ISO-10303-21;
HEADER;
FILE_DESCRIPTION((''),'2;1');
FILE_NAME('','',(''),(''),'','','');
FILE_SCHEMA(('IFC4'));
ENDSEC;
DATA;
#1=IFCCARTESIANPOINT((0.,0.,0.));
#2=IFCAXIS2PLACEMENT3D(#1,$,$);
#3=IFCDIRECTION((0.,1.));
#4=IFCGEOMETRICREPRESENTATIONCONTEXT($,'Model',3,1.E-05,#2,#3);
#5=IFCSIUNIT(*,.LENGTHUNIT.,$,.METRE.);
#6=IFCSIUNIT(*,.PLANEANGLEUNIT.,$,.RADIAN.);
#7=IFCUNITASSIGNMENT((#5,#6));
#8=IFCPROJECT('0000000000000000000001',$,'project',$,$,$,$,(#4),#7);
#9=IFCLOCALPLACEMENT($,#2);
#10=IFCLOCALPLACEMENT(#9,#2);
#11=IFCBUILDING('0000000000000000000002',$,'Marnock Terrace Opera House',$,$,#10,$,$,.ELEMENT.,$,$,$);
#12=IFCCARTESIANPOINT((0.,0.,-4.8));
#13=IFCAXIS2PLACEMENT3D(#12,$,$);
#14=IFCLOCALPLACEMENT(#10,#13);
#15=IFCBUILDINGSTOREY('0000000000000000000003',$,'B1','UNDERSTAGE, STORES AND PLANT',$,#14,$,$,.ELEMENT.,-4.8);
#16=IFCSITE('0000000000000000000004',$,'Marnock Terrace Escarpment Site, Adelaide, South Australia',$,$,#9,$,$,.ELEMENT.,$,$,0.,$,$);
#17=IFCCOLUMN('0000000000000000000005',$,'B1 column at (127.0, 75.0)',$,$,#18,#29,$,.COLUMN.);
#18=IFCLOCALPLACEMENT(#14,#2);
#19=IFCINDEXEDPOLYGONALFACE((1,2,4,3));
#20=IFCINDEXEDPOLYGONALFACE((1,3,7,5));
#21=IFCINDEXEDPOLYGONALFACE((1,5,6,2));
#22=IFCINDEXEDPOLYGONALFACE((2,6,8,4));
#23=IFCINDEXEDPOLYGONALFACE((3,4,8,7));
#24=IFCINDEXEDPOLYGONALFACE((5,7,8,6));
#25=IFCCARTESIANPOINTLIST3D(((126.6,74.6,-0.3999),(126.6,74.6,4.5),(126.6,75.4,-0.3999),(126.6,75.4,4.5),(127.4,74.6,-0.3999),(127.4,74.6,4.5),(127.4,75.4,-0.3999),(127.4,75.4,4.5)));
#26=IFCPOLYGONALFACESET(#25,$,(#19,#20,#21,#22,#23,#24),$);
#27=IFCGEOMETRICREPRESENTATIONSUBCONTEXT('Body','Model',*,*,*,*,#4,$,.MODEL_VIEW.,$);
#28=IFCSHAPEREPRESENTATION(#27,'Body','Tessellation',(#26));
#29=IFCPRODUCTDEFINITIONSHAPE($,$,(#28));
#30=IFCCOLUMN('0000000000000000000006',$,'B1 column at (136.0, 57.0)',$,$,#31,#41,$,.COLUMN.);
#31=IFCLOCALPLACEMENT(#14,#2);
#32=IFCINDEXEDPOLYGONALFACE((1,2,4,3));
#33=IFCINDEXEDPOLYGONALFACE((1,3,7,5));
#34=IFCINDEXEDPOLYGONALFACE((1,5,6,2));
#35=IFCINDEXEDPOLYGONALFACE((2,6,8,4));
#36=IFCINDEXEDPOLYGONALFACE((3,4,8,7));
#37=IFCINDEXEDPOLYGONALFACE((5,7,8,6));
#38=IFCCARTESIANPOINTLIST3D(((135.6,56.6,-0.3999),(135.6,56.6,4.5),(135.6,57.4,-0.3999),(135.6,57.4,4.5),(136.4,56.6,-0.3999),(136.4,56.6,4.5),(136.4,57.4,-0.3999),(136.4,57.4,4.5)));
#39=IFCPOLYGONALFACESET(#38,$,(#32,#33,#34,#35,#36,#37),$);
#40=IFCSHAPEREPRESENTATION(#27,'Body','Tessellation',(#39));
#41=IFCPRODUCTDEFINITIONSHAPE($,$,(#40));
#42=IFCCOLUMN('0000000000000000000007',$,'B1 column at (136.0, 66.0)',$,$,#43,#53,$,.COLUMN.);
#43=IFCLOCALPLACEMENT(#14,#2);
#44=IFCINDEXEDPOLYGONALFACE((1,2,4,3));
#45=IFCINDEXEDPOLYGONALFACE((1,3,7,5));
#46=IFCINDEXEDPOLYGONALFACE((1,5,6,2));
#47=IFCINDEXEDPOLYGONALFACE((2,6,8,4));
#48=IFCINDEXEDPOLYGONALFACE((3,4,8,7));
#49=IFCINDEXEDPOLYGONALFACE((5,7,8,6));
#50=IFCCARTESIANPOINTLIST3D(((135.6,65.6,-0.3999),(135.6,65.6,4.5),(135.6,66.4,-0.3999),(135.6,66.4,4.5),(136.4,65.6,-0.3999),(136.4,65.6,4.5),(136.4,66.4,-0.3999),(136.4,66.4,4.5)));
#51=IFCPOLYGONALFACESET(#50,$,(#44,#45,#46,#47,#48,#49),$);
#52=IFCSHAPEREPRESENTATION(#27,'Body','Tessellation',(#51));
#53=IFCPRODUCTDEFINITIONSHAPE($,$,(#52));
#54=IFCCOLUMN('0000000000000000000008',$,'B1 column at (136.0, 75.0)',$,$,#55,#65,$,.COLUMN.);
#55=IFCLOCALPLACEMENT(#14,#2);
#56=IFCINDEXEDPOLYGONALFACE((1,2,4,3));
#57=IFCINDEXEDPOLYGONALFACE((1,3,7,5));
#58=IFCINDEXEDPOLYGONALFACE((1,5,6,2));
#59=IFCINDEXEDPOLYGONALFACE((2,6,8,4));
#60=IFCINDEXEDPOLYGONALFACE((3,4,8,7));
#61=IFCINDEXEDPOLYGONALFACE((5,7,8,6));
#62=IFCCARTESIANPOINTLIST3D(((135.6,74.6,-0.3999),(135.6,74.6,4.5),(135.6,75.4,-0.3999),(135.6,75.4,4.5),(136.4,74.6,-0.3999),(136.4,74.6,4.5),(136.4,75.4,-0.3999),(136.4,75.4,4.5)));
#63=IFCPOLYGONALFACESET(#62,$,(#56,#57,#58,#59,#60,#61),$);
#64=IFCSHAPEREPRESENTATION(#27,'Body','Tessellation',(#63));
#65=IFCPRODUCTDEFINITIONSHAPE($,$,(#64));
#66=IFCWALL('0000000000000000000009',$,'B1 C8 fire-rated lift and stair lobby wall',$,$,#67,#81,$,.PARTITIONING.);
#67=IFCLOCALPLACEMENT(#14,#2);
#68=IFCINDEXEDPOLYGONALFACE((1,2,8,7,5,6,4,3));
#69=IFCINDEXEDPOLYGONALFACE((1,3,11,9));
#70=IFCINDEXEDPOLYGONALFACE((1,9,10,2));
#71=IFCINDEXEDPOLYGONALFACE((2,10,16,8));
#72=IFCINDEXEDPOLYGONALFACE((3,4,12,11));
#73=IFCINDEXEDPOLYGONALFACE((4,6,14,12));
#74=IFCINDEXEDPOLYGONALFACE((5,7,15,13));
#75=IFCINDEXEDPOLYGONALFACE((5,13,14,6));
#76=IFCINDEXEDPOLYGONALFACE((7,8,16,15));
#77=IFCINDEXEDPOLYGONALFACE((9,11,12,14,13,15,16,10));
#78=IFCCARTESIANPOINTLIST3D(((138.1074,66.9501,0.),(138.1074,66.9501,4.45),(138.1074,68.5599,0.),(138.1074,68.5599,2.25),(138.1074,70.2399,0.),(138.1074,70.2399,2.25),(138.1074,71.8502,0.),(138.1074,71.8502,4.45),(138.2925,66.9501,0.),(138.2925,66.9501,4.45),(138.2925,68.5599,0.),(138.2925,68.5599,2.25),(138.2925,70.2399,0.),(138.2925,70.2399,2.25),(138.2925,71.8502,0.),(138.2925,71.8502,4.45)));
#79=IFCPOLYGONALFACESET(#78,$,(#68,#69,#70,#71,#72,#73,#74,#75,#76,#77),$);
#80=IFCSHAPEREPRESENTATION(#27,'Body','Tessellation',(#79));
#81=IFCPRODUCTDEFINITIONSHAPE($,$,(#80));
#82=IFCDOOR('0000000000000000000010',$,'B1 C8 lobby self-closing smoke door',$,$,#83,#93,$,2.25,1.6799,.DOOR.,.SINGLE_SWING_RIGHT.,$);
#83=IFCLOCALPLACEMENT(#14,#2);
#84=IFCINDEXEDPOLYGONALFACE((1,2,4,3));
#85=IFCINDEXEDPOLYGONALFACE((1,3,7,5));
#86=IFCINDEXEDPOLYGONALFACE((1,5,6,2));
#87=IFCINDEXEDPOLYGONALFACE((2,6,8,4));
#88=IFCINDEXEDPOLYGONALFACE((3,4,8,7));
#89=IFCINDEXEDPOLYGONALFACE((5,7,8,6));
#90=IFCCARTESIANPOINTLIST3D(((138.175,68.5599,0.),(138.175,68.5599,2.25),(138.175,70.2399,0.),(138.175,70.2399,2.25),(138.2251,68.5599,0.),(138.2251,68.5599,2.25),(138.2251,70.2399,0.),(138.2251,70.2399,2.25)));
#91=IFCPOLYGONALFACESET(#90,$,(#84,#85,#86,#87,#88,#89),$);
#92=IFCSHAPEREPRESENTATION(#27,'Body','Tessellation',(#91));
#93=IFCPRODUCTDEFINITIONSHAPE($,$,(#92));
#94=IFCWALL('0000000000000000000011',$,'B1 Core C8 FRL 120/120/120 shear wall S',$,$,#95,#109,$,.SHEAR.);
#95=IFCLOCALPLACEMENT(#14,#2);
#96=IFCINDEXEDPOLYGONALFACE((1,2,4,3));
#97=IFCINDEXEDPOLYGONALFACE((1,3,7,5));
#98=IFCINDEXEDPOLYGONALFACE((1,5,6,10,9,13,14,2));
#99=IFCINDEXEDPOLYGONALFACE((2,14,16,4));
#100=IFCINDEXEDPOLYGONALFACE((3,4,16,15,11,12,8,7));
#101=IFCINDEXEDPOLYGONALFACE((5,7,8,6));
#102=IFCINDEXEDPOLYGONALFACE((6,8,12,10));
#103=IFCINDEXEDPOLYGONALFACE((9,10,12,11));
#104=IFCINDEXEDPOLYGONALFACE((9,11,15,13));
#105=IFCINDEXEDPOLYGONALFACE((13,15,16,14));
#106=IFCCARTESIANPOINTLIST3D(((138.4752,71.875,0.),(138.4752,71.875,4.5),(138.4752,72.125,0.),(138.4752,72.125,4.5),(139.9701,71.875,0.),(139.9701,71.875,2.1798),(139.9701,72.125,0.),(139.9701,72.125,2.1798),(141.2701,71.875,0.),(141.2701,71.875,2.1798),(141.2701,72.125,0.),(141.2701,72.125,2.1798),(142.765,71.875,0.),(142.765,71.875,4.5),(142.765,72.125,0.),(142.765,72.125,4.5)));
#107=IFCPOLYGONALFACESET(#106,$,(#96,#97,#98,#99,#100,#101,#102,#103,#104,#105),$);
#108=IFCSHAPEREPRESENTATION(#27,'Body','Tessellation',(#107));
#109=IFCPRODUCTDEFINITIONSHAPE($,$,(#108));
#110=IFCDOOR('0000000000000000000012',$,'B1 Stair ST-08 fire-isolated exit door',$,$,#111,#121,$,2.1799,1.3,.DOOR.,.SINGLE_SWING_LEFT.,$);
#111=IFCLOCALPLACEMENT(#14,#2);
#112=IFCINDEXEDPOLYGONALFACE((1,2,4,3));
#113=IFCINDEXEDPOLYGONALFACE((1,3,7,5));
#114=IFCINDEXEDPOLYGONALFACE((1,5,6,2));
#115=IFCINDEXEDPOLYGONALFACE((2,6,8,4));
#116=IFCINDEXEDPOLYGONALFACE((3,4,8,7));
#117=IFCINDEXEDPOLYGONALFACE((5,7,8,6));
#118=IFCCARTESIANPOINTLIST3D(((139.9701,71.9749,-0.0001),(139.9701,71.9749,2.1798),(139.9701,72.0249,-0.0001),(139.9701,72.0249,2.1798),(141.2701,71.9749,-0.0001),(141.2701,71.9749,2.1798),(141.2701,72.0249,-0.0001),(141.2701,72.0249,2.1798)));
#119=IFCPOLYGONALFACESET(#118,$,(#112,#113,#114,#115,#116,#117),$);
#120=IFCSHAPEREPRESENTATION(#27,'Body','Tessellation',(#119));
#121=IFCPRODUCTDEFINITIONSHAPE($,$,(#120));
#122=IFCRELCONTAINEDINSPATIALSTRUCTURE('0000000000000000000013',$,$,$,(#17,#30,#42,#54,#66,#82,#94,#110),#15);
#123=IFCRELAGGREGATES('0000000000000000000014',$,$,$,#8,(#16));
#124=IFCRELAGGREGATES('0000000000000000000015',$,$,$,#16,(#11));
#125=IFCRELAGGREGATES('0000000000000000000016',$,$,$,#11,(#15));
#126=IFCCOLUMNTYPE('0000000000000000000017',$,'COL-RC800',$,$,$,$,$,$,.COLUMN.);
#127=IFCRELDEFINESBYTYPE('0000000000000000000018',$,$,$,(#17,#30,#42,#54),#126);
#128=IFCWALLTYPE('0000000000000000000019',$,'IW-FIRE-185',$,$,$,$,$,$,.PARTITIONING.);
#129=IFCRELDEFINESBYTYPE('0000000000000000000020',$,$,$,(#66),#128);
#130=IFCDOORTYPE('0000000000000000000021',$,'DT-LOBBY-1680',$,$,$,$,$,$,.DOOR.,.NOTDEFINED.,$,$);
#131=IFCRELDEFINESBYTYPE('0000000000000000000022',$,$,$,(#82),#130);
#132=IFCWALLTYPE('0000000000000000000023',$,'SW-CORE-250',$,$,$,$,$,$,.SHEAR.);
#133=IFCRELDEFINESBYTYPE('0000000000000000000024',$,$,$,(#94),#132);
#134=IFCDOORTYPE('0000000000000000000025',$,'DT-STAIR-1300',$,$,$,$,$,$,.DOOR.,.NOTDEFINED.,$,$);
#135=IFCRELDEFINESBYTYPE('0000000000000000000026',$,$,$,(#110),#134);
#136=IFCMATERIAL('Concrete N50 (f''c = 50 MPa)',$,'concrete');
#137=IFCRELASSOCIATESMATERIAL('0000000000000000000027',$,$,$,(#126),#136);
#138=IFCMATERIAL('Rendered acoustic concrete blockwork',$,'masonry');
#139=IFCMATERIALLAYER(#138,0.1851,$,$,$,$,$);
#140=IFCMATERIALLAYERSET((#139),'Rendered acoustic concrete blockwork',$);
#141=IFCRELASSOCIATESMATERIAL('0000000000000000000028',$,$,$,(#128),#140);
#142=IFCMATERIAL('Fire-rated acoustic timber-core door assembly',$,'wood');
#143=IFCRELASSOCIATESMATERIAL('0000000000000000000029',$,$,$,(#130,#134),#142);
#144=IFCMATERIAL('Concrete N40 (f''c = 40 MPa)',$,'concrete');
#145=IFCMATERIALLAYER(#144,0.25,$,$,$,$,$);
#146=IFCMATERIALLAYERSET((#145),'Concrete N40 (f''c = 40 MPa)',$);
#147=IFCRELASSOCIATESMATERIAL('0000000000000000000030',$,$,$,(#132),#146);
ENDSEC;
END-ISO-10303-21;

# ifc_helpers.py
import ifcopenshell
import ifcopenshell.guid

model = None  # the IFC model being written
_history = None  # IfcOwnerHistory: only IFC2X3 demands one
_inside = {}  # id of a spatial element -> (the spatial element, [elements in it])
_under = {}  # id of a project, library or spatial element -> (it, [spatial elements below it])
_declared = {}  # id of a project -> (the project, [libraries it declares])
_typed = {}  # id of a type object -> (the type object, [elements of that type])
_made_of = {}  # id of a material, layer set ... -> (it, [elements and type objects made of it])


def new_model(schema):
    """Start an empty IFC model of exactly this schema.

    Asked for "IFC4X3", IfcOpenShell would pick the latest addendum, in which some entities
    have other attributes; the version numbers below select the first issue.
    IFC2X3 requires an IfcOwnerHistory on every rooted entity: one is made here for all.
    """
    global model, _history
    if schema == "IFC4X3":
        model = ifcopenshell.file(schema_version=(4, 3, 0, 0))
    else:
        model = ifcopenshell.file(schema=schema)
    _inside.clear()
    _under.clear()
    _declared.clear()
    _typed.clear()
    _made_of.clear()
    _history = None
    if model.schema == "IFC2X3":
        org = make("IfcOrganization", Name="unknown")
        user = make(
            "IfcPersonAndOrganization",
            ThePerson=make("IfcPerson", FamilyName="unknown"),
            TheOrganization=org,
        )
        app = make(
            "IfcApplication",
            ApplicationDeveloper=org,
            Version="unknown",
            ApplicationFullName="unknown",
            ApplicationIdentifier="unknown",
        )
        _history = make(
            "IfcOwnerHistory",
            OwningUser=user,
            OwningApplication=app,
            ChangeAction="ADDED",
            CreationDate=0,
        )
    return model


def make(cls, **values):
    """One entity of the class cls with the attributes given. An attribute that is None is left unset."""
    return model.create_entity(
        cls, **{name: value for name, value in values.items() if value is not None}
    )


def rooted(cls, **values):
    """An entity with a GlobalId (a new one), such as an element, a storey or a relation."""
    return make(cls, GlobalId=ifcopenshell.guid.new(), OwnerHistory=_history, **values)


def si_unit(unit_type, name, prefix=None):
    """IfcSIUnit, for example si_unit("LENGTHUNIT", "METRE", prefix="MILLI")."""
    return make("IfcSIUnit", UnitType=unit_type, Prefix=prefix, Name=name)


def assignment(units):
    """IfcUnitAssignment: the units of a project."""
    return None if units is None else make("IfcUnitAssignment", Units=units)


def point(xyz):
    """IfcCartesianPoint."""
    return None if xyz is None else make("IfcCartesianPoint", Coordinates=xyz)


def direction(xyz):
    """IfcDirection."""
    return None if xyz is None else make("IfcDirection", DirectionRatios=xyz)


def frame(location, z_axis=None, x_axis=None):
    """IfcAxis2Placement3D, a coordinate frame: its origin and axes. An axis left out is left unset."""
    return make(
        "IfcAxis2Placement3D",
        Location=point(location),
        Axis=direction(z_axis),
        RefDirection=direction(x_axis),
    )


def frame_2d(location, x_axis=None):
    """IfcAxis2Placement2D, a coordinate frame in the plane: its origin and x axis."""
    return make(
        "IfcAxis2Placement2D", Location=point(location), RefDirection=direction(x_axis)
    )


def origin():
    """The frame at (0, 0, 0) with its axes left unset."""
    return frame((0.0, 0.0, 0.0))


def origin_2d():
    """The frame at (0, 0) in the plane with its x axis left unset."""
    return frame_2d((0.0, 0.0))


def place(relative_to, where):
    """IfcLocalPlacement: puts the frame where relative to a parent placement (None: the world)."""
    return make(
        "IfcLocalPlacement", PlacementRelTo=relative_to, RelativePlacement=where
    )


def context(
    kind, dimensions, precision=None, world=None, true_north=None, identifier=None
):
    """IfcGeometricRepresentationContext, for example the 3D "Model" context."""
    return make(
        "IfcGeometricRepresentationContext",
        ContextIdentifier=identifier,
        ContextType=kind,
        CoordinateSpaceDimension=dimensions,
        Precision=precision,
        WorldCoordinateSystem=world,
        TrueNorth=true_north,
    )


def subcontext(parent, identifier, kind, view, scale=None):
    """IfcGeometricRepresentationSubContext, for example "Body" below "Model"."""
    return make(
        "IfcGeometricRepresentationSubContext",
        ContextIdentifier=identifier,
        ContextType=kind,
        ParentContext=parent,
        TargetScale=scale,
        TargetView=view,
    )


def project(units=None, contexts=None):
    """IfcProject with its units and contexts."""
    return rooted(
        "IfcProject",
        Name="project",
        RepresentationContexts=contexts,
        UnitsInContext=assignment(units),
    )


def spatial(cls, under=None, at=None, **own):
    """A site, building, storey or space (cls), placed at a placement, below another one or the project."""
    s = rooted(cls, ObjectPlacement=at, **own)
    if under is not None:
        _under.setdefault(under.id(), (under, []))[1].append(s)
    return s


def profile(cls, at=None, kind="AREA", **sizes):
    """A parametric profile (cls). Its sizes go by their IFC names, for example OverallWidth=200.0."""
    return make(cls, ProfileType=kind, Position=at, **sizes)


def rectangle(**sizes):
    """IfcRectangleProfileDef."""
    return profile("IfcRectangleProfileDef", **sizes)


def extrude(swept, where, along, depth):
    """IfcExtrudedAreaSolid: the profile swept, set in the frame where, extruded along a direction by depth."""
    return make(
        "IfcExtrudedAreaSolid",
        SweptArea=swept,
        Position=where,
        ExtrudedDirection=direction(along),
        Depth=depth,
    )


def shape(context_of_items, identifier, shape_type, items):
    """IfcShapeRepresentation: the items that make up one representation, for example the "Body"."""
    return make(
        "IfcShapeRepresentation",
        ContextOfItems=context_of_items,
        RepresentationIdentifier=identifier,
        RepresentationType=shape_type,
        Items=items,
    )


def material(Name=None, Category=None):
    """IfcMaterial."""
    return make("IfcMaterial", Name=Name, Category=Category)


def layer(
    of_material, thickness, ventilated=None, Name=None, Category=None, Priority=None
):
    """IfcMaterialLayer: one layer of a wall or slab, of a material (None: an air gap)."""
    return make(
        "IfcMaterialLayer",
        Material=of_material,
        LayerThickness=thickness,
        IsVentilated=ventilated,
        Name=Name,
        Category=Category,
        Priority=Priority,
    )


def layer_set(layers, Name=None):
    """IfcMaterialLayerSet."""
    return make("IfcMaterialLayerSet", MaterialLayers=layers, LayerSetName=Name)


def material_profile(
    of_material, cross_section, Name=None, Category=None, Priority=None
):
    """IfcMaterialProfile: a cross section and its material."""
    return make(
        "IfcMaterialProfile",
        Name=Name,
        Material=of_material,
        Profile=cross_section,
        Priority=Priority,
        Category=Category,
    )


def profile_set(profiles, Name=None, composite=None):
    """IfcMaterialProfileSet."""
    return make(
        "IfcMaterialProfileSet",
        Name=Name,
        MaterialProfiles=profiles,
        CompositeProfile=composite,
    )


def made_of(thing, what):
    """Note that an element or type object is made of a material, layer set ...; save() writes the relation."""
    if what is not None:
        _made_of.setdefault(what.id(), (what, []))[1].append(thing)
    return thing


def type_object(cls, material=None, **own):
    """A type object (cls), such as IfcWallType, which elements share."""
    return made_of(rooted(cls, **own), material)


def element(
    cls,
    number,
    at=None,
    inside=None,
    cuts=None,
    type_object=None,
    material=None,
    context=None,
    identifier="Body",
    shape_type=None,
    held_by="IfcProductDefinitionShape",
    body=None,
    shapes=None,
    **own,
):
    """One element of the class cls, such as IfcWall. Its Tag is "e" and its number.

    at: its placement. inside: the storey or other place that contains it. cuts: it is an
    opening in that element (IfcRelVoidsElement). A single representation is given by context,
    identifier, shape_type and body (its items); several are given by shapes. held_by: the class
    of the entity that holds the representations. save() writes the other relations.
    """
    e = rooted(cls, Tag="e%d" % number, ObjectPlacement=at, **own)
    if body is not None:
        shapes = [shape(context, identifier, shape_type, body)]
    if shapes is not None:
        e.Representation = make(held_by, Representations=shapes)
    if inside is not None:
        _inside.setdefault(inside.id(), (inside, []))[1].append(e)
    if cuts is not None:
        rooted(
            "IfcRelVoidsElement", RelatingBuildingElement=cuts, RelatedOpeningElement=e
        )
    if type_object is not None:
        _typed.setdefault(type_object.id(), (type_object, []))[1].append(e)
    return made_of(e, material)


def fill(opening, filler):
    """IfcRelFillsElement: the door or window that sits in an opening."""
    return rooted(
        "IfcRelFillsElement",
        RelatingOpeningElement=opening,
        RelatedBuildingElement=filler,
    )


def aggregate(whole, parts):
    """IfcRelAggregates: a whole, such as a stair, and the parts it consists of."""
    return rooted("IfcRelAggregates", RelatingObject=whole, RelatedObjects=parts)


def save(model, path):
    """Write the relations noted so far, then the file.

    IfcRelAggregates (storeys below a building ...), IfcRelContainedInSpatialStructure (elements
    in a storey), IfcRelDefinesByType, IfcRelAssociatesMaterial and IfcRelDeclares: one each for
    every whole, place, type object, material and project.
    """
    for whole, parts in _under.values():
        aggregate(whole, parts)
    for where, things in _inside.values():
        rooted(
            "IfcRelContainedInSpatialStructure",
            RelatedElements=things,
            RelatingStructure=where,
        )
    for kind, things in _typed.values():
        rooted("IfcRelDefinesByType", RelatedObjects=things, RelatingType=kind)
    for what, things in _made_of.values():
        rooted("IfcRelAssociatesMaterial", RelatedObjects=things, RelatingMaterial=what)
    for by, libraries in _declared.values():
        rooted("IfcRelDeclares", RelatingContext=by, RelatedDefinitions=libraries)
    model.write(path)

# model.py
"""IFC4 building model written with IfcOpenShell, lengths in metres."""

from ifc_helpers import new_model, si_unit, direction, frame, frame_2d, origin, origin_2d, place, context, subcontext, project, spatial, rectangle, extrude, material, layer, layer_set, material_profile, profile_set, type_object, element, fill, save


model = new_model("IFC4")

# Units and contexts
model_context = context("Model", 3, precision=1e-05, world=origin(), true_north=direction((0.0, 1.0)))
body_context = subcontext(model_context, "Body", "Model", "MODEL_VIEW")
ifc_project = project(units=[si_unit("LENGTHUNIT", "METRE"), si_unit("PLANEANGLEUNIT", "RADIAN")], contexts=[model_context])

# Site, building, storey
site_placement = place(None, origin())
site = spatial("IfcSite", under=ifc_project, at=site_placement, Name="Marnock Terrace Escarpment Site, Adelaide, South Australia", CompositionType="ELEMENT", RefElevation=0.0)
building_placement = place(site_placement, origin())
building = spatial("IfcBuilding", under=site, at=building_placement, Name="Marnock Terrace Opera House", CompositionType="ELEMENT")
storey_placement = place(building_placement, frame((0.0, 0.0, -4.8)))
storey = spatial("IfcBuildingStorey", under=building, at=storey_placement, Name="B1", Description="UNDERSTAGE, STORES AND PLANT", CompositionType="ELEMENT", Elevation=-4.8)

# Shared definitions
ifc_material_1 = material(Name="Concrete N40 (f'c = 40 MPa)", Category="concrete")

# Columns
ifc_material_2 = material(Name="Concrete N50 (f'c = 50 MPa)", Category="concrete")
ifc_material_profile_1 = material_profile(ifc_material_2, rectangle(XDim=0.8, YDim=0.8, at=origin_2d()))
ifc_profile_set_1 = profile_set([ifc_material_profile_1], Name="Concrete N50 (f'c = 50 MPa)")
column_type = type_object("IfcColumnType", Name="COL-RC800", PredefinedType="COLUMN", material=ifc_profile_set_1)
for number, where, z_axis, x_axis, name in (
    (1, (127.0, 75.0, -0.3999), (0.0, 0.0, 1.0), (1.0, 0.0, 0.0), "B1 column at (127.0, 75.0)"),
    (2, (136.0, 57.0, -0.3999), (0.0, 0.0, 1.0), (1.0, 0.0, 0.0), "B1 column at (136.0, 57.0)"),
    (3, (136.0, 66.0, -0.3999), (0.0, 0.0, 1.0), (1.0, 0.0, 0.0), "B1 column at (136.0, 66.0)"),
    (4, (136.0, 75.0, -0.3999), (0.0, 0.0, 1.0), (1.0, 0.0, 0.0), "B1 column at (136.0, 75.0)"),
):
    element("IfcColumn", number, at=place(storey_placement, frame(where, z_axis=z_axis, x_axis=x_axis)), inside=storey, type_object=column_type, Name=name, PredefinedType="COLUMN", context=body_context, shape_type="SweptSolid", body=[
        extrude(rectangle(XDim=0.8, YDim=0.8, at=origin_2d()), origin(), (0.0, 0.0, 1.0), 4.8999),
    ])

# Walls, openings, doors
ifc_material_3 = material(Name="Rendered acoustic concrete blockwork", Category="masonry")
ifc_layer_1 = layer(ifc_material_3, 0.1851)
ifc_layer_set_1 = layer_set([ifc_layer_1], Name="Rendered acoustic concrete blockwork")
wall_type_1 = type_object("IfcWallType", Name="IW-FIRE-185", PredefinedType="PARTITIONING", material=ifc_layer_set_1)
wall_1_placement = place(storey_placement, frame((138.2, 66.95, 0.0), z_axis=(0.0, 0.0, 1.0), x_axis=(0.0, 1.0, 0.0)))
wall_1 = element("IfcWall", 5, at=wall_1_placement, inside=storey, type_object=wall_type_1, Name="B1 C8 fire-rated lift and stair lobby wall", PredefinedType="PARTITIONING", context=body_context, shape_type="SweptSolid", body=[
    extrude(rectangle(XDim=4.9001, YDim=0.1851, at=frame_2d((2.4502, 0.0))), origin(), (0.0, 0.0, 1.0), 4.45),
])
opening_1_placement = place(wall_1_placement, frame((1.6101, 0.0, 0.0)))
opening_1 = element("IfcOpeningElement", 6, at=opening_1_placement, cuts=wall_1, PredefinedType="OPENING", context=body_context, shape_type="SweptSolid", body=[
    extrude(rectangle(XDim=1.6799, YDim=2.25, at=frame_2d((0.8398, 1.125))), frame((0.0, 0.1025, 0.0), z_axis=(0.0, -1.0, 0.0), x_axis=(1.0, 0.0, 0.0)), (0.0, 0.0, 1.0), 0.2051),
])
ifc_material_4 = material(Name="Fire-rated acoustic timber-core door assembly", Category="wood")
door_type_1 = type_object("IfcDoorType", Name="DT-LOBBY-1680", OperationType="NOTDEFINED", PredefinedType="DOOR", material=ifc_material_4)
door_1_placement = place(opening_1_placement, origin())
door_1 = element("IfcDoor", 7, at=door_1_placement, inside=storey, type_object=door_type_1, Name="B1 C8 lobby self-closing smoke door", OperationType="SINGLE_SWING_RIGHT", OverallHeight=2.25, OverallWidth=1.6799, PredefinedType="DOOR", context=body_context, shape_type="SweptSolid", body=[
    extrude(rectangle(XDim=1.6799, YDim=2.25, at=frame_2d((0.8398, 1.125))), frame((0.0, 0.0249, 0.0), z_axis=(0.0, -1.0, 0.0), x_axis=(1.0, 0.0, 0.0)), (0.0, 0.0, 1.0), 0.05),
])
fill(opening_1, door_1)
ifc_layer_2 = layer(ifc_material_1, 0.25)
ifc_layer_set_2 = layer_set([ifc_layer_2], Name="Concrete N40 (f'c = 40 MPa)")
wall_type_2 = type_object("IfcWallType", Name="SW-CORE-250", PredefinedType="SHEAR", material=ifc_layer_set_2)
wall_2_placement = place(storey_placement, frame((138.4751, 72.0, 0.0), z_axis=(0.0, 0.0, 1.0), x_axis=(1.0, 0.0, 0.0)))
wall_2 = element("IfcWall", 8, at=wall_2_placement, inside=storey, type_object=wall_type_2, Name="B1 Core C8 FRL 120/120/120 shear wall S", PredefinedType="SHEAR", context=body_context, shape_type="SweptSolid", body=[
    extrude(rectangle(XDim=4.2898, YDim=0.25, at=frame_2d((2.145, 0.0))), origin(), (0.0, 0.0, 1.0), 4.5),
])
opening_2_placement = place(wall_2_placement, frame((1.4951, 0.0, 0.0)))
opening_2 = element("IfcOpeningElement", 9, at=opening_2_placement, cuts=wall_2, PredefinedType="OPENING", context=body_context, shape_type="SweptSolid", body=[
    extrude(rectangle(XDim=1.3, YDim=2.1799, at=frame_2d((0.6499, 1.0898))), frame((0.0, 0.135, 0.0), z_axis=(0.0, -1.0, 0.0), x_axis=(1.0, 0.0, 0.0)), (0.0, 0.0, 1.0), 0.27),
])
door_type_2 = type_object("IfcDoorType", Name="DT-STAIR-1300", OperationType="NOTDEFINED", PredefinedType="DOOR", material=ifc_material_4)
door_2_placement = place(opening_2_placement, origin())
door_2 = element("IfcDoor", 10, at=door_2_placement, inside=storey, type_object=door_type_2, Name="B1 Stair ST-08 fire-isolated exit door", OperationType="SINGLE_SWING_LEFT", OverallHeight=2.1799, OverallWidth=1.3, PredefinedType="DOOR", context=body_context, shape_type="SweptSolid", body=[
    extrude(rectangle(XDim=1.3, YDim=2.1799, at=frame_2d((0.6499, 1.0898))), frame((0.0, 0.0249, 0.0), z_axis=(0.0, -1.0, 0.0), x_axis=(1.0, 0.0, 0.0)), (0.0, 0.0, 1.0), 0.05),
])
fill(opening_2, door_2)

save(model, "model.ifc")
